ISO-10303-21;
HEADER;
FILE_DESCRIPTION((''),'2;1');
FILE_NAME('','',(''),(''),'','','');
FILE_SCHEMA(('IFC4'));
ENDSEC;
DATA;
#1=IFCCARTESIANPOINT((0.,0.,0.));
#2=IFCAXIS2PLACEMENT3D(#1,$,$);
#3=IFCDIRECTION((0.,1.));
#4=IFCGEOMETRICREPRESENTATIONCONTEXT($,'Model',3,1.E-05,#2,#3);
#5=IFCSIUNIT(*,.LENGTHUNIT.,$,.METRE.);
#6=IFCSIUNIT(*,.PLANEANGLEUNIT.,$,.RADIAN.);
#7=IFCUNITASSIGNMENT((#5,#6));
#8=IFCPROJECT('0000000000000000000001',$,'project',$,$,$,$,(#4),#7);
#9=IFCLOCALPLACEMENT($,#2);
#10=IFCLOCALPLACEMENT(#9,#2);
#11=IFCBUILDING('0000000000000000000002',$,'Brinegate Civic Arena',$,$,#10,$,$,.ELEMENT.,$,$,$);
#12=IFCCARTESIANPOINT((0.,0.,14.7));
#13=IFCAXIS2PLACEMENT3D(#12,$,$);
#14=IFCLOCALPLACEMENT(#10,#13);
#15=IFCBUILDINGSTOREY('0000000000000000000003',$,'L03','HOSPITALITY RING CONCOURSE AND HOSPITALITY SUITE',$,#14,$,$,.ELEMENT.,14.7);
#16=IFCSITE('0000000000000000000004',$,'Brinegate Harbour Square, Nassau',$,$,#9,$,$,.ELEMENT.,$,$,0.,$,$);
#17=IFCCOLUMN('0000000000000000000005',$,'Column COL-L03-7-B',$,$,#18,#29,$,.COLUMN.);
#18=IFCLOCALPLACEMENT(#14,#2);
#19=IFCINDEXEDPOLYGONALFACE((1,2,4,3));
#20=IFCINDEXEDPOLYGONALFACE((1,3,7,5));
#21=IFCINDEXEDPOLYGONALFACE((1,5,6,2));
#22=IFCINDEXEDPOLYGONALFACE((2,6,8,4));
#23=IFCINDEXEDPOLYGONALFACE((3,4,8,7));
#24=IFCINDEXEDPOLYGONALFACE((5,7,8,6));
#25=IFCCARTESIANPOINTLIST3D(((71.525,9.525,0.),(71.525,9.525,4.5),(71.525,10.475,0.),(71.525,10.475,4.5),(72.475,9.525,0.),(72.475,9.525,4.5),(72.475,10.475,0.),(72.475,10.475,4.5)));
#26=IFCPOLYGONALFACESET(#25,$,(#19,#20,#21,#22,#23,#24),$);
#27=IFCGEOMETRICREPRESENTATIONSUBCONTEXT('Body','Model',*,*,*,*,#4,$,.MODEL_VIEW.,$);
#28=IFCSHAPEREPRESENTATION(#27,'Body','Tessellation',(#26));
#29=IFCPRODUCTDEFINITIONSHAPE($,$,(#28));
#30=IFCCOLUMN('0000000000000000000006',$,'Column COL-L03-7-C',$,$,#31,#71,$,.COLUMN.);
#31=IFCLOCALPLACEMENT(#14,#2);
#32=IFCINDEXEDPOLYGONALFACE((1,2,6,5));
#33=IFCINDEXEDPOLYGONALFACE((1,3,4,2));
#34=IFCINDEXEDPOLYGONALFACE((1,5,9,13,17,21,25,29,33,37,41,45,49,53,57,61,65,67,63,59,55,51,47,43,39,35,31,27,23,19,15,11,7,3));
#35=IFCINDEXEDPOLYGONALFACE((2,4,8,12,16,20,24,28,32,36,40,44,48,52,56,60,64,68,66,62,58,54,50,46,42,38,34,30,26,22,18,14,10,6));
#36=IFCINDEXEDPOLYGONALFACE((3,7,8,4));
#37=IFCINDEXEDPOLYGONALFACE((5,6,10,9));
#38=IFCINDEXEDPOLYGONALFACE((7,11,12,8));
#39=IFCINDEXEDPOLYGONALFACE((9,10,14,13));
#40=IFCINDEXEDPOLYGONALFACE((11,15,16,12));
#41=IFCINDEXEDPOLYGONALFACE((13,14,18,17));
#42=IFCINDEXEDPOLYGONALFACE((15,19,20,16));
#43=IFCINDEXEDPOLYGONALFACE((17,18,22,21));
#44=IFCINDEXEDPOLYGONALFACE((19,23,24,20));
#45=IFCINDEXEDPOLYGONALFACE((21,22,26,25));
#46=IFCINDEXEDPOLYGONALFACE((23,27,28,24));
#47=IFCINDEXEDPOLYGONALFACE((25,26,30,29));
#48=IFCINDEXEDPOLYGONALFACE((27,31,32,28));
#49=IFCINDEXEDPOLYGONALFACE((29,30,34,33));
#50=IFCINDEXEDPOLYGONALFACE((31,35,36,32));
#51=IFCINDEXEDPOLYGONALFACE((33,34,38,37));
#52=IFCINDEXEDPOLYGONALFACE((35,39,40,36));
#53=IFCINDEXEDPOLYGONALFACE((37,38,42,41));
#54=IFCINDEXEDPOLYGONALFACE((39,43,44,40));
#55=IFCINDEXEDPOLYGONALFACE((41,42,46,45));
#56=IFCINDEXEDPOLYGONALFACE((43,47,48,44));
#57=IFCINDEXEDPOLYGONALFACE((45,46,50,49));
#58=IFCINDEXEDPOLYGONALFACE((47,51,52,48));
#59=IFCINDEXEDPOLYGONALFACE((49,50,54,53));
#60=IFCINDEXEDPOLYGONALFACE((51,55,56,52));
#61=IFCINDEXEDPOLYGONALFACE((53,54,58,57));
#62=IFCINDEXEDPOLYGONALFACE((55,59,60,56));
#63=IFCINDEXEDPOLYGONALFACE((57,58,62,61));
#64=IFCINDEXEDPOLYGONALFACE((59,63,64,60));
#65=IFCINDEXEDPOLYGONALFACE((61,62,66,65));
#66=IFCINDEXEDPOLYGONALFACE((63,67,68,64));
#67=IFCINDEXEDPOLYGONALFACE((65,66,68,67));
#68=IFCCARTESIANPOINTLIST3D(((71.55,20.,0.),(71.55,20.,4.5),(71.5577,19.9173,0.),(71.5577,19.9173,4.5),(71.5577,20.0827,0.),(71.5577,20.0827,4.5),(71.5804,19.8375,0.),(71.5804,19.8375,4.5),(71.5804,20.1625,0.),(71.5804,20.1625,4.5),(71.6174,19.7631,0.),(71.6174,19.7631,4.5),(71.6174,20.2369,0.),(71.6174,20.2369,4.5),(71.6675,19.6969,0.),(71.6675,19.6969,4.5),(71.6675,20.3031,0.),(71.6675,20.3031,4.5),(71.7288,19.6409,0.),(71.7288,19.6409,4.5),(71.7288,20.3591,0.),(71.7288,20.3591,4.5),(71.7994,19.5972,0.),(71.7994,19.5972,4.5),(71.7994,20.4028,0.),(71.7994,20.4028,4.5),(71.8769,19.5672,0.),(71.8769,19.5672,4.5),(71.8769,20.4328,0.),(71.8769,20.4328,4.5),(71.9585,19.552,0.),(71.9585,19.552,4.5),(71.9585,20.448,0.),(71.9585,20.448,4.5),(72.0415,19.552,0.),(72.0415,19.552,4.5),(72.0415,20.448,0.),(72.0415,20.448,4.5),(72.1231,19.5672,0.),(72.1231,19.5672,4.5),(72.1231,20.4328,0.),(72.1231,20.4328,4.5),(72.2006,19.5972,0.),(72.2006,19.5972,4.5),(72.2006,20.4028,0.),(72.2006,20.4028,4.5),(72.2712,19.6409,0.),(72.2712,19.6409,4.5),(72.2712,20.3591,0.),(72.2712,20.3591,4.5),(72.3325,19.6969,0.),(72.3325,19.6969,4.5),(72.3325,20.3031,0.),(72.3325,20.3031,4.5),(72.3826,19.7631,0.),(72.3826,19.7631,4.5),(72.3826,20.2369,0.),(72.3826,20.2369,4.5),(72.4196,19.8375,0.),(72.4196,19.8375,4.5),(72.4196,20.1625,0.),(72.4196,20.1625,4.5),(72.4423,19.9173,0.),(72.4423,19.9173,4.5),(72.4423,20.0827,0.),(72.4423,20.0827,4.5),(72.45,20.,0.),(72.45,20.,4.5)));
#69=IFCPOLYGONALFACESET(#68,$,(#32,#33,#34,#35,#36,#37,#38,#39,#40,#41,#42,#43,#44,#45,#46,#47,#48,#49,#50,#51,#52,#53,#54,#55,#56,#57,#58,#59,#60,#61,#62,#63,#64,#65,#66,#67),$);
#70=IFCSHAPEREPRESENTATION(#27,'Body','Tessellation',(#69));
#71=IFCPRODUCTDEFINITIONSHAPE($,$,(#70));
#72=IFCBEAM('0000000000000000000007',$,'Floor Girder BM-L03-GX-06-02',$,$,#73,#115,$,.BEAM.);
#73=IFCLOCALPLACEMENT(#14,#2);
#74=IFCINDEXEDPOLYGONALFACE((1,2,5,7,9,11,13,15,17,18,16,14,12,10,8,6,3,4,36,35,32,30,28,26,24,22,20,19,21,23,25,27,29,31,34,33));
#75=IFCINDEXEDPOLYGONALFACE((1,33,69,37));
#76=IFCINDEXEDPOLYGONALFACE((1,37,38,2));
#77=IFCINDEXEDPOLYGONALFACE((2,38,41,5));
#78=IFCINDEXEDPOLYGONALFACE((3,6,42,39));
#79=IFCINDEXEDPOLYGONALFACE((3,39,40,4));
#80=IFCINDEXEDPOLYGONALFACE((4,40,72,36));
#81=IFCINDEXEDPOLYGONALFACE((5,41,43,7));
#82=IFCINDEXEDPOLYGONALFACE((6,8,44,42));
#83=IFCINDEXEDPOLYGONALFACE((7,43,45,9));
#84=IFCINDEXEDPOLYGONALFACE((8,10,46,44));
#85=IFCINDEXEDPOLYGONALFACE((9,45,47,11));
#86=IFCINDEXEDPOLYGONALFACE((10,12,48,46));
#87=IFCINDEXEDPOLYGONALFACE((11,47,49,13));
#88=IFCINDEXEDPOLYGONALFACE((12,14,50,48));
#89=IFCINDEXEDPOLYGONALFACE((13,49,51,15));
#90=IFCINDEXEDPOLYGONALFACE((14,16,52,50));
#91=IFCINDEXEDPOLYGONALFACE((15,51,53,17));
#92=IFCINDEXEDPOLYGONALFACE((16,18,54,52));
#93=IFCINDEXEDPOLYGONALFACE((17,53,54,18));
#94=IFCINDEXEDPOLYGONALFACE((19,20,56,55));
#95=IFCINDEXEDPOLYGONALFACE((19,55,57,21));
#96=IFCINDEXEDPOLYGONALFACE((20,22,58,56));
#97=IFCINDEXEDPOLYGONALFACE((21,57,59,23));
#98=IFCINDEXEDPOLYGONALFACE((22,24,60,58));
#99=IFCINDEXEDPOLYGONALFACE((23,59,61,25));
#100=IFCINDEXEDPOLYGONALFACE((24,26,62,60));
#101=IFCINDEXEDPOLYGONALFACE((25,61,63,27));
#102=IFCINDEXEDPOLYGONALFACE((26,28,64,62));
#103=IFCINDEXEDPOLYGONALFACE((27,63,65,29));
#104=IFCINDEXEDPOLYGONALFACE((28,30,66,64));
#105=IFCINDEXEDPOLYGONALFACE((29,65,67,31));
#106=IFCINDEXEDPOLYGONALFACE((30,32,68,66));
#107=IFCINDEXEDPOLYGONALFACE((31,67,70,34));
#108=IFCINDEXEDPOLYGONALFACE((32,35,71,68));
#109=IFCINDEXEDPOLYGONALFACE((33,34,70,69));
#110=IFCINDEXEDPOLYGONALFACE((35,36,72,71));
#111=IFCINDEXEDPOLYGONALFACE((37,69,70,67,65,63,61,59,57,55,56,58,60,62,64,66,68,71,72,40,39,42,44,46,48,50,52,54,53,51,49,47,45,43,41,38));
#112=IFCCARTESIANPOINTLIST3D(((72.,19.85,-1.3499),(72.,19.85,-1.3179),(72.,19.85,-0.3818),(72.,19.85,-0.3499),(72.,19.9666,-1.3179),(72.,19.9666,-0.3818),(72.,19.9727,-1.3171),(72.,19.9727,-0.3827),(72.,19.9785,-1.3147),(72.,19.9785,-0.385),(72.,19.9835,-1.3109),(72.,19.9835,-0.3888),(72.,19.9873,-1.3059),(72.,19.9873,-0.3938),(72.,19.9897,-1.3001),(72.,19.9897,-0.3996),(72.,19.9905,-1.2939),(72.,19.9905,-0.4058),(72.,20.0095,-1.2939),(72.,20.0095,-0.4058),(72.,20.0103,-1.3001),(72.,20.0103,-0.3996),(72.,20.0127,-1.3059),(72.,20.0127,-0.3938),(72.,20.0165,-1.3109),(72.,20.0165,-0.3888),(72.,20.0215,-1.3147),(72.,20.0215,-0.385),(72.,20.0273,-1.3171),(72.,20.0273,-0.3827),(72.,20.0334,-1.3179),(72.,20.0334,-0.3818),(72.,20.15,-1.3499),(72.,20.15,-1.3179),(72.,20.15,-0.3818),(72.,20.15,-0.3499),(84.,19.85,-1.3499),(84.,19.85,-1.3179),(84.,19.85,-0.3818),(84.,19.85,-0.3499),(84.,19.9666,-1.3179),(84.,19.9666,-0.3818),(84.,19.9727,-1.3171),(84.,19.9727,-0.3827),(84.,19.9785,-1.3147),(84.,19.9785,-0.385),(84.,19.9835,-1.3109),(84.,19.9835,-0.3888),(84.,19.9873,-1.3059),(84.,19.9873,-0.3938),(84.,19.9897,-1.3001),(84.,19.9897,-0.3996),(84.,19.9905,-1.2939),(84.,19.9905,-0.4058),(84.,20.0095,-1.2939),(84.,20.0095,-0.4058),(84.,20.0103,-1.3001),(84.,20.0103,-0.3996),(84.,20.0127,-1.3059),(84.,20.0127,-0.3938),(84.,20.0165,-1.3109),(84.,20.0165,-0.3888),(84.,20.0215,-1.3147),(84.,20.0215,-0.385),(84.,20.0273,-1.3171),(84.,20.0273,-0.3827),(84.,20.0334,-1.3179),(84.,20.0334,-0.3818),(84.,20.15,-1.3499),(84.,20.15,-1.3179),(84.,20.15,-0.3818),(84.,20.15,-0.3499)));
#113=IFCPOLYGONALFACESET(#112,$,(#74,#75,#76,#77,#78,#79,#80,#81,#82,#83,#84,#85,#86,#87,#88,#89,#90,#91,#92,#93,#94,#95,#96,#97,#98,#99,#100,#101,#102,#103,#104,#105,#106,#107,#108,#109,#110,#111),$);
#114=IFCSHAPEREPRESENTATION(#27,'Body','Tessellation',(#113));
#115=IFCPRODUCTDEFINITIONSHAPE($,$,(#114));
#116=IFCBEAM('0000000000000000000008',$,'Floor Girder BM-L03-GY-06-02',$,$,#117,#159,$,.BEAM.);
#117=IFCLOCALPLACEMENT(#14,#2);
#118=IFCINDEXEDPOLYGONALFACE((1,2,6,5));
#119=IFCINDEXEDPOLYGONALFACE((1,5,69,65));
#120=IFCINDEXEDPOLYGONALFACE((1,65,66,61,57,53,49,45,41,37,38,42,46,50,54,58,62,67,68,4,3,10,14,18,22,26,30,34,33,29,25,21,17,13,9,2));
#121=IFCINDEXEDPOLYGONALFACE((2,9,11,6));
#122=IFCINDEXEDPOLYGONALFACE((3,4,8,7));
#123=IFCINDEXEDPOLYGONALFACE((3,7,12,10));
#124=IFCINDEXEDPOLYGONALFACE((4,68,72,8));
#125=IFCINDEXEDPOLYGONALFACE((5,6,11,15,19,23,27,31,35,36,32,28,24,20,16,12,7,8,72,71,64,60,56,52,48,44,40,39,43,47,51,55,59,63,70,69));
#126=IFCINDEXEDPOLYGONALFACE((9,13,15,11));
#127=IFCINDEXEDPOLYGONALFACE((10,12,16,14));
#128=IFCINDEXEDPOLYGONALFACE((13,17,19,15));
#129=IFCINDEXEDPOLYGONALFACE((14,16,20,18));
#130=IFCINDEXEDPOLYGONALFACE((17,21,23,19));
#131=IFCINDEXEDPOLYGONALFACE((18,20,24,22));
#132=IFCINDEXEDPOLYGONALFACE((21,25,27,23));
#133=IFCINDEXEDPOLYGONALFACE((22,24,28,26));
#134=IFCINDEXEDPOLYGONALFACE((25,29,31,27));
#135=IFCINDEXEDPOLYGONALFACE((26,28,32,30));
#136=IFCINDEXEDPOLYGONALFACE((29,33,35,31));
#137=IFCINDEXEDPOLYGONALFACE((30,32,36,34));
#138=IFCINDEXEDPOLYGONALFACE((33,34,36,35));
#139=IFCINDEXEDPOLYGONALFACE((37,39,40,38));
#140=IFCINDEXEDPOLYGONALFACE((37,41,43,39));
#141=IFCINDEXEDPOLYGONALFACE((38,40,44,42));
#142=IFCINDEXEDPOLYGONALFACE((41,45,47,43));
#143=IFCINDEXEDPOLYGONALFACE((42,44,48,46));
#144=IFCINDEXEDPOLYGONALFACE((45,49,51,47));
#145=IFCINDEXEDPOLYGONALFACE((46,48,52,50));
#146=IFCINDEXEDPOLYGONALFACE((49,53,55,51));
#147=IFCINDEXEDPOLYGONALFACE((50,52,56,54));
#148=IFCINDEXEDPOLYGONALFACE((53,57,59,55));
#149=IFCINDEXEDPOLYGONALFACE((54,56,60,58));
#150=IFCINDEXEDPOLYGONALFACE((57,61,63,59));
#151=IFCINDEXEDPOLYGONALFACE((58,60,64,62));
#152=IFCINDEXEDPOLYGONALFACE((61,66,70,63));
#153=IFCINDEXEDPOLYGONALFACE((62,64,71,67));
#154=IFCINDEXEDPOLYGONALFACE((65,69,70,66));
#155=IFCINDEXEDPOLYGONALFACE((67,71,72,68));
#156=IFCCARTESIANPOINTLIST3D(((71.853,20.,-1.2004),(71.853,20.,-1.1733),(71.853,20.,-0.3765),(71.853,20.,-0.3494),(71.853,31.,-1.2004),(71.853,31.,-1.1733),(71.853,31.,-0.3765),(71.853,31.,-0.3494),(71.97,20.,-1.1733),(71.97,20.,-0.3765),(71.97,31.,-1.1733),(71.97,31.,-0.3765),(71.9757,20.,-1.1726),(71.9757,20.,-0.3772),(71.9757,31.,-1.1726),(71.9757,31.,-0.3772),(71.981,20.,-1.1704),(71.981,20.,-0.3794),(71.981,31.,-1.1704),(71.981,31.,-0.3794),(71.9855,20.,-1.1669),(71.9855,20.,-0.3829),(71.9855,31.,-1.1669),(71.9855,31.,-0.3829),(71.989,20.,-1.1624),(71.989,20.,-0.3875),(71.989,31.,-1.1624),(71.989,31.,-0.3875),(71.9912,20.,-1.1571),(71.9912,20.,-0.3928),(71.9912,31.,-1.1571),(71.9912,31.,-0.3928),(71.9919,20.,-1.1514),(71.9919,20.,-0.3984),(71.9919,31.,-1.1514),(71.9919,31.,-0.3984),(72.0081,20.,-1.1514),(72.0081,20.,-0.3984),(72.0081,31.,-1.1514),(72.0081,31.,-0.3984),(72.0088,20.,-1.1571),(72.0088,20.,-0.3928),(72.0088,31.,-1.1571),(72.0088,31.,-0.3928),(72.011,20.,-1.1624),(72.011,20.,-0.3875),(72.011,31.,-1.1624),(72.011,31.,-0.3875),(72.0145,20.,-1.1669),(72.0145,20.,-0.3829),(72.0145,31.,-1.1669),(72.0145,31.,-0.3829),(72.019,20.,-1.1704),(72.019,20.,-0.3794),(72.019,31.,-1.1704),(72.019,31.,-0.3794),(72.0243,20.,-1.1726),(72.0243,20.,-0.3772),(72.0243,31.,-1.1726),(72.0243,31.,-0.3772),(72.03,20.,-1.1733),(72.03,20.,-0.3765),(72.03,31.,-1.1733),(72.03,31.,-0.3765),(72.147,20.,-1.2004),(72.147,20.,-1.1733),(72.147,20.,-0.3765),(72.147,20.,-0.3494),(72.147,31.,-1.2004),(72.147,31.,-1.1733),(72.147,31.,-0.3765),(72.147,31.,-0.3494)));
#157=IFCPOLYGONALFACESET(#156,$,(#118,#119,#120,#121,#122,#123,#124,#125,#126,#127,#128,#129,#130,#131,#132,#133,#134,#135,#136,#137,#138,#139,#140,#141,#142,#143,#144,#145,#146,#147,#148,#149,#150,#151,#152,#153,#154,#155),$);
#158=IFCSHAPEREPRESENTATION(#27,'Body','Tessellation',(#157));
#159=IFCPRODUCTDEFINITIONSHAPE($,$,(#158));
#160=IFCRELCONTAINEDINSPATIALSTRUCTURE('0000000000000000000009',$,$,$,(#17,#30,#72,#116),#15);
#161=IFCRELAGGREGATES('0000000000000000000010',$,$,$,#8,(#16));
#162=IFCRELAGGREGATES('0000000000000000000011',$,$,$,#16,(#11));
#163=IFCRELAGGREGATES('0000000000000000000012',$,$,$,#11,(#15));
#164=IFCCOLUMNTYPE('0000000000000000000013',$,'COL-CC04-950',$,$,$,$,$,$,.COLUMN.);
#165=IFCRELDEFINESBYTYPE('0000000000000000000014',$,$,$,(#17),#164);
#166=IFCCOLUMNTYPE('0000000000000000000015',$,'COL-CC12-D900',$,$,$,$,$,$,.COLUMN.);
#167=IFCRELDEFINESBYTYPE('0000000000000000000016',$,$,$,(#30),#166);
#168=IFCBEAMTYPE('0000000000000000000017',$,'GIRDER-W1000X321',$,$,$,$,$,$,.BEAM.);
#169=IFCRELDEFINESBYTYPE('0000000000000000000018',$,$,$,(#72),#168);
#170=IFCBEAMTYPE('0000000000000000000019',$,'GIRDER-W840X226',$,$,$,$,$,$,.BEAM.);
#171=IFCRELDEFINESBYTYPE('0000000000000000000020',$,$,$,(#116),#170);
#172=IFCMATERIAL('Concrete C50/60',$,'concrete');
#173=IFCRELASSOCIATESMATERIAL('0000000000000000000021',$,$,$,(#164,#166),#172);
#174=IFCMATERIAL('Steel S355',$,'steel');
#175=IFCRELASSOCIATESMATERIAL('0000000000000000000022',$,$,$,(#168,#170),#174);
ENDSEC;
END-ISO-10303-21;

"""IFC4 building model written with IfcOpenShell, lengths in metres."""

from ifc_helpers import new_model, si_unit, direction, frame, origin, origin_2d, place, context, subcontext, project, spatial, rectangle, circle, i_section, extrude, material, material_profile, profile_set, type_object, element, save


model = new_model("IFC4")

# Units and contexts
model_context = context("Model", 3, precision=1e-05, world=origin(), true_north=direction((0.0, 1.0)))
body_context = subcontext(model_context, "Body", "Model", "MODEL_VIEW")
ifc_project = project(units=[si_unit("LENGTHUNIT", "METRE"), si_unit("PLANEANGLEUNIT", "RADIAN")], contexts=[model_context])

# Site, building, storey
site_placement = place(None, origin())
site = spatial("IfcSite", under=ifc_project, at=site_placement, Name="Brinegate Harbour Square, Nassau", CompositionType="ELEMENT", RefElevation=0.0)
building_placement = place(site_placement, origin())
building = spatial("IfcBuilding", under=site, at=building_placement, Name="Brinegate Civic Arena", CompositionType="ELEMENT")
storey_placement = place(building_placement, frame((0.0, 0.0, 14.7)))
storey = spatial("IfcBuildingStorey", under=building, at=storey_placement, Name="L03", Description="HOSPITALITY RING CONCOURSE AND HOSPITALITY SUITE", CompositionType="ELEMENT", Elevation=14.7)

# Columns
ifc_material_1 = material(Name="Concrete C50/60", Category="concrete")
ifc_material_profile_1 = material_profile(ifc_material_1, rectangle(XDim=0.95, YDim=0.95, at=origin_2d()), Name="RC950X950")
ifc_profile_set_1 = profile_set([ifc_material_profile_1], Name="Concrete C50/60")
column_type_1 = type_object("IfcColumnType", Name="COL-CC04-950", PredefinedType="COLUMN", material=ifc_profile_set_1)
column_1_placement = place(storey_placement, frame((72.0, 10.0, 0.0), z_axis=(0.0, 0.0, 1.0), x_axis=(1.0, 0.0, 0.0)))
element("IfcColumn", 1, at=column_1_placement, inside=storey, type_object=column_type_1, Name="Column COL-L03-7-B", PredefinedType="COLUMN", context=body_context, shape_type="SweptSolid", body=[
    extrude(rectangle(XDim=0.95, YDim=0.95, at=origin_2d()), origin(), (0.0, 0.0, 1.0), 4.5),
])
ifc_material_profile_2 = material_profile(ifc_material_1, circle(Radius=0.45, at=origin_2d()), Name="RCD900")
ifc_profile_set_2 = profile_set([ifc_material_profile_2], Name="Concrete C50/60")
column_type_2 = type_object("IfcColumnType", Name="COL-CC12-D900", PredefinedType="COLUMN", material=ifc_profile_set_2)
column_2_placement = place(storey_placement, frame((72.0, 20.0, 0.0), z_axis=(0.0, 0.0, 1.0), x_axis=(1.0, 0.0, 0.0)))
element("IfcColumn", 2, at=column_2_placement, inside=storey, type_object=column_type_2, Name="Column COL-L03-7-C", PredefinedType="COLUMN", context=body_context, shape_type="SweptSolid", body=[
    extrude(circle(Radius=0.45, at=origin_2d()), origin(), (0.0, 0.0, 1.0), 4.5),
])

# Beams
ifc_material_2 = material(Name="Steel S355", Category="steel")
ifc_material_profile_3 = material_profile(ifc_material_2, i_section(OverallWidth=0.3, OverallDepth=1.0, WebThickness=0.019, FlangeThickness=0.032, FilletRadius=0.0239, at=origin_2d()), Name="W1000X321")
ifc_profile_set_3 = profile_set([ifc_material_profile_3], Name="Steel S355")
beam_type_1 = type_object("IfcBeamType", Name="GIRDER-W1000X321", PredefinedType="BEAM", material=ifc_profile_set_3)
beam_1_placement = place(storey_placement, frame((72.0, 20.0, -0.8499), z_axis=(1.0, 0.0, 0.0), x_axis=(0.0, 1.0, 0.0)))
element("IfcBeam", 3, at=beam_1_placement, inside=storey, type_object=beam_type_1, Name="Floor Girder BM-L03-GX-06-02", PredefinedType="BEAM", context=body_context, shape_type="SweptSolid", body=[
    extrude(i_section(OverallWidth=0.3, OverallDepth=1.0, WebThickness=0.019, FlangeThickness=0.032, FilletRadius=0.0239, at=origin_2d()), origin(), (0.0, 0.0, 1.0), 12.0),
])
ifc_material_profile_4 = material_profile(ifc_material_2, i_section(OverallWidth=0.2939, OverallDepth=0.8511, WebThickness=0.0161, FlangeThickness=0.0271, FilletRadius=0.022, at=origin_2d()), Name="W840X226")
ifc_profile_set_4 = profile_set([ifc_material_profile_4], Name="Steel S355")
beam_type_2 = type_object("IfcBeamType", Name="GIRDER-W840X226", PredefinedType="BEAM", material=ifc_profile_set_4)
beam_2_placement = place(storey_placement, frame((72.0, 20.0, -0.7749), z_axis=(0.0, 1.0, 0.0), x_axis=(-1.0, 0.0, 0.0)))
element("IfcBeam", 4, at=beam_2_placement, inside=storey, type_object=beam_type_2, Name="Floor Girder BM-L03-GY-06-02", PredefinedType="BEAM", context=body_context, shape_type="SweptSolid", body=[
    extrude(i_section(OverallWidth=0.2939, OverallDepth=0.8511, WebThickness=0.0161, FlangeThickness=0.0271, FilletRadius=0.022, at=origin_2d()), origin(), (0.0, 0.0, 1.0), 11.0),
])

save(model, "model.ifc")
